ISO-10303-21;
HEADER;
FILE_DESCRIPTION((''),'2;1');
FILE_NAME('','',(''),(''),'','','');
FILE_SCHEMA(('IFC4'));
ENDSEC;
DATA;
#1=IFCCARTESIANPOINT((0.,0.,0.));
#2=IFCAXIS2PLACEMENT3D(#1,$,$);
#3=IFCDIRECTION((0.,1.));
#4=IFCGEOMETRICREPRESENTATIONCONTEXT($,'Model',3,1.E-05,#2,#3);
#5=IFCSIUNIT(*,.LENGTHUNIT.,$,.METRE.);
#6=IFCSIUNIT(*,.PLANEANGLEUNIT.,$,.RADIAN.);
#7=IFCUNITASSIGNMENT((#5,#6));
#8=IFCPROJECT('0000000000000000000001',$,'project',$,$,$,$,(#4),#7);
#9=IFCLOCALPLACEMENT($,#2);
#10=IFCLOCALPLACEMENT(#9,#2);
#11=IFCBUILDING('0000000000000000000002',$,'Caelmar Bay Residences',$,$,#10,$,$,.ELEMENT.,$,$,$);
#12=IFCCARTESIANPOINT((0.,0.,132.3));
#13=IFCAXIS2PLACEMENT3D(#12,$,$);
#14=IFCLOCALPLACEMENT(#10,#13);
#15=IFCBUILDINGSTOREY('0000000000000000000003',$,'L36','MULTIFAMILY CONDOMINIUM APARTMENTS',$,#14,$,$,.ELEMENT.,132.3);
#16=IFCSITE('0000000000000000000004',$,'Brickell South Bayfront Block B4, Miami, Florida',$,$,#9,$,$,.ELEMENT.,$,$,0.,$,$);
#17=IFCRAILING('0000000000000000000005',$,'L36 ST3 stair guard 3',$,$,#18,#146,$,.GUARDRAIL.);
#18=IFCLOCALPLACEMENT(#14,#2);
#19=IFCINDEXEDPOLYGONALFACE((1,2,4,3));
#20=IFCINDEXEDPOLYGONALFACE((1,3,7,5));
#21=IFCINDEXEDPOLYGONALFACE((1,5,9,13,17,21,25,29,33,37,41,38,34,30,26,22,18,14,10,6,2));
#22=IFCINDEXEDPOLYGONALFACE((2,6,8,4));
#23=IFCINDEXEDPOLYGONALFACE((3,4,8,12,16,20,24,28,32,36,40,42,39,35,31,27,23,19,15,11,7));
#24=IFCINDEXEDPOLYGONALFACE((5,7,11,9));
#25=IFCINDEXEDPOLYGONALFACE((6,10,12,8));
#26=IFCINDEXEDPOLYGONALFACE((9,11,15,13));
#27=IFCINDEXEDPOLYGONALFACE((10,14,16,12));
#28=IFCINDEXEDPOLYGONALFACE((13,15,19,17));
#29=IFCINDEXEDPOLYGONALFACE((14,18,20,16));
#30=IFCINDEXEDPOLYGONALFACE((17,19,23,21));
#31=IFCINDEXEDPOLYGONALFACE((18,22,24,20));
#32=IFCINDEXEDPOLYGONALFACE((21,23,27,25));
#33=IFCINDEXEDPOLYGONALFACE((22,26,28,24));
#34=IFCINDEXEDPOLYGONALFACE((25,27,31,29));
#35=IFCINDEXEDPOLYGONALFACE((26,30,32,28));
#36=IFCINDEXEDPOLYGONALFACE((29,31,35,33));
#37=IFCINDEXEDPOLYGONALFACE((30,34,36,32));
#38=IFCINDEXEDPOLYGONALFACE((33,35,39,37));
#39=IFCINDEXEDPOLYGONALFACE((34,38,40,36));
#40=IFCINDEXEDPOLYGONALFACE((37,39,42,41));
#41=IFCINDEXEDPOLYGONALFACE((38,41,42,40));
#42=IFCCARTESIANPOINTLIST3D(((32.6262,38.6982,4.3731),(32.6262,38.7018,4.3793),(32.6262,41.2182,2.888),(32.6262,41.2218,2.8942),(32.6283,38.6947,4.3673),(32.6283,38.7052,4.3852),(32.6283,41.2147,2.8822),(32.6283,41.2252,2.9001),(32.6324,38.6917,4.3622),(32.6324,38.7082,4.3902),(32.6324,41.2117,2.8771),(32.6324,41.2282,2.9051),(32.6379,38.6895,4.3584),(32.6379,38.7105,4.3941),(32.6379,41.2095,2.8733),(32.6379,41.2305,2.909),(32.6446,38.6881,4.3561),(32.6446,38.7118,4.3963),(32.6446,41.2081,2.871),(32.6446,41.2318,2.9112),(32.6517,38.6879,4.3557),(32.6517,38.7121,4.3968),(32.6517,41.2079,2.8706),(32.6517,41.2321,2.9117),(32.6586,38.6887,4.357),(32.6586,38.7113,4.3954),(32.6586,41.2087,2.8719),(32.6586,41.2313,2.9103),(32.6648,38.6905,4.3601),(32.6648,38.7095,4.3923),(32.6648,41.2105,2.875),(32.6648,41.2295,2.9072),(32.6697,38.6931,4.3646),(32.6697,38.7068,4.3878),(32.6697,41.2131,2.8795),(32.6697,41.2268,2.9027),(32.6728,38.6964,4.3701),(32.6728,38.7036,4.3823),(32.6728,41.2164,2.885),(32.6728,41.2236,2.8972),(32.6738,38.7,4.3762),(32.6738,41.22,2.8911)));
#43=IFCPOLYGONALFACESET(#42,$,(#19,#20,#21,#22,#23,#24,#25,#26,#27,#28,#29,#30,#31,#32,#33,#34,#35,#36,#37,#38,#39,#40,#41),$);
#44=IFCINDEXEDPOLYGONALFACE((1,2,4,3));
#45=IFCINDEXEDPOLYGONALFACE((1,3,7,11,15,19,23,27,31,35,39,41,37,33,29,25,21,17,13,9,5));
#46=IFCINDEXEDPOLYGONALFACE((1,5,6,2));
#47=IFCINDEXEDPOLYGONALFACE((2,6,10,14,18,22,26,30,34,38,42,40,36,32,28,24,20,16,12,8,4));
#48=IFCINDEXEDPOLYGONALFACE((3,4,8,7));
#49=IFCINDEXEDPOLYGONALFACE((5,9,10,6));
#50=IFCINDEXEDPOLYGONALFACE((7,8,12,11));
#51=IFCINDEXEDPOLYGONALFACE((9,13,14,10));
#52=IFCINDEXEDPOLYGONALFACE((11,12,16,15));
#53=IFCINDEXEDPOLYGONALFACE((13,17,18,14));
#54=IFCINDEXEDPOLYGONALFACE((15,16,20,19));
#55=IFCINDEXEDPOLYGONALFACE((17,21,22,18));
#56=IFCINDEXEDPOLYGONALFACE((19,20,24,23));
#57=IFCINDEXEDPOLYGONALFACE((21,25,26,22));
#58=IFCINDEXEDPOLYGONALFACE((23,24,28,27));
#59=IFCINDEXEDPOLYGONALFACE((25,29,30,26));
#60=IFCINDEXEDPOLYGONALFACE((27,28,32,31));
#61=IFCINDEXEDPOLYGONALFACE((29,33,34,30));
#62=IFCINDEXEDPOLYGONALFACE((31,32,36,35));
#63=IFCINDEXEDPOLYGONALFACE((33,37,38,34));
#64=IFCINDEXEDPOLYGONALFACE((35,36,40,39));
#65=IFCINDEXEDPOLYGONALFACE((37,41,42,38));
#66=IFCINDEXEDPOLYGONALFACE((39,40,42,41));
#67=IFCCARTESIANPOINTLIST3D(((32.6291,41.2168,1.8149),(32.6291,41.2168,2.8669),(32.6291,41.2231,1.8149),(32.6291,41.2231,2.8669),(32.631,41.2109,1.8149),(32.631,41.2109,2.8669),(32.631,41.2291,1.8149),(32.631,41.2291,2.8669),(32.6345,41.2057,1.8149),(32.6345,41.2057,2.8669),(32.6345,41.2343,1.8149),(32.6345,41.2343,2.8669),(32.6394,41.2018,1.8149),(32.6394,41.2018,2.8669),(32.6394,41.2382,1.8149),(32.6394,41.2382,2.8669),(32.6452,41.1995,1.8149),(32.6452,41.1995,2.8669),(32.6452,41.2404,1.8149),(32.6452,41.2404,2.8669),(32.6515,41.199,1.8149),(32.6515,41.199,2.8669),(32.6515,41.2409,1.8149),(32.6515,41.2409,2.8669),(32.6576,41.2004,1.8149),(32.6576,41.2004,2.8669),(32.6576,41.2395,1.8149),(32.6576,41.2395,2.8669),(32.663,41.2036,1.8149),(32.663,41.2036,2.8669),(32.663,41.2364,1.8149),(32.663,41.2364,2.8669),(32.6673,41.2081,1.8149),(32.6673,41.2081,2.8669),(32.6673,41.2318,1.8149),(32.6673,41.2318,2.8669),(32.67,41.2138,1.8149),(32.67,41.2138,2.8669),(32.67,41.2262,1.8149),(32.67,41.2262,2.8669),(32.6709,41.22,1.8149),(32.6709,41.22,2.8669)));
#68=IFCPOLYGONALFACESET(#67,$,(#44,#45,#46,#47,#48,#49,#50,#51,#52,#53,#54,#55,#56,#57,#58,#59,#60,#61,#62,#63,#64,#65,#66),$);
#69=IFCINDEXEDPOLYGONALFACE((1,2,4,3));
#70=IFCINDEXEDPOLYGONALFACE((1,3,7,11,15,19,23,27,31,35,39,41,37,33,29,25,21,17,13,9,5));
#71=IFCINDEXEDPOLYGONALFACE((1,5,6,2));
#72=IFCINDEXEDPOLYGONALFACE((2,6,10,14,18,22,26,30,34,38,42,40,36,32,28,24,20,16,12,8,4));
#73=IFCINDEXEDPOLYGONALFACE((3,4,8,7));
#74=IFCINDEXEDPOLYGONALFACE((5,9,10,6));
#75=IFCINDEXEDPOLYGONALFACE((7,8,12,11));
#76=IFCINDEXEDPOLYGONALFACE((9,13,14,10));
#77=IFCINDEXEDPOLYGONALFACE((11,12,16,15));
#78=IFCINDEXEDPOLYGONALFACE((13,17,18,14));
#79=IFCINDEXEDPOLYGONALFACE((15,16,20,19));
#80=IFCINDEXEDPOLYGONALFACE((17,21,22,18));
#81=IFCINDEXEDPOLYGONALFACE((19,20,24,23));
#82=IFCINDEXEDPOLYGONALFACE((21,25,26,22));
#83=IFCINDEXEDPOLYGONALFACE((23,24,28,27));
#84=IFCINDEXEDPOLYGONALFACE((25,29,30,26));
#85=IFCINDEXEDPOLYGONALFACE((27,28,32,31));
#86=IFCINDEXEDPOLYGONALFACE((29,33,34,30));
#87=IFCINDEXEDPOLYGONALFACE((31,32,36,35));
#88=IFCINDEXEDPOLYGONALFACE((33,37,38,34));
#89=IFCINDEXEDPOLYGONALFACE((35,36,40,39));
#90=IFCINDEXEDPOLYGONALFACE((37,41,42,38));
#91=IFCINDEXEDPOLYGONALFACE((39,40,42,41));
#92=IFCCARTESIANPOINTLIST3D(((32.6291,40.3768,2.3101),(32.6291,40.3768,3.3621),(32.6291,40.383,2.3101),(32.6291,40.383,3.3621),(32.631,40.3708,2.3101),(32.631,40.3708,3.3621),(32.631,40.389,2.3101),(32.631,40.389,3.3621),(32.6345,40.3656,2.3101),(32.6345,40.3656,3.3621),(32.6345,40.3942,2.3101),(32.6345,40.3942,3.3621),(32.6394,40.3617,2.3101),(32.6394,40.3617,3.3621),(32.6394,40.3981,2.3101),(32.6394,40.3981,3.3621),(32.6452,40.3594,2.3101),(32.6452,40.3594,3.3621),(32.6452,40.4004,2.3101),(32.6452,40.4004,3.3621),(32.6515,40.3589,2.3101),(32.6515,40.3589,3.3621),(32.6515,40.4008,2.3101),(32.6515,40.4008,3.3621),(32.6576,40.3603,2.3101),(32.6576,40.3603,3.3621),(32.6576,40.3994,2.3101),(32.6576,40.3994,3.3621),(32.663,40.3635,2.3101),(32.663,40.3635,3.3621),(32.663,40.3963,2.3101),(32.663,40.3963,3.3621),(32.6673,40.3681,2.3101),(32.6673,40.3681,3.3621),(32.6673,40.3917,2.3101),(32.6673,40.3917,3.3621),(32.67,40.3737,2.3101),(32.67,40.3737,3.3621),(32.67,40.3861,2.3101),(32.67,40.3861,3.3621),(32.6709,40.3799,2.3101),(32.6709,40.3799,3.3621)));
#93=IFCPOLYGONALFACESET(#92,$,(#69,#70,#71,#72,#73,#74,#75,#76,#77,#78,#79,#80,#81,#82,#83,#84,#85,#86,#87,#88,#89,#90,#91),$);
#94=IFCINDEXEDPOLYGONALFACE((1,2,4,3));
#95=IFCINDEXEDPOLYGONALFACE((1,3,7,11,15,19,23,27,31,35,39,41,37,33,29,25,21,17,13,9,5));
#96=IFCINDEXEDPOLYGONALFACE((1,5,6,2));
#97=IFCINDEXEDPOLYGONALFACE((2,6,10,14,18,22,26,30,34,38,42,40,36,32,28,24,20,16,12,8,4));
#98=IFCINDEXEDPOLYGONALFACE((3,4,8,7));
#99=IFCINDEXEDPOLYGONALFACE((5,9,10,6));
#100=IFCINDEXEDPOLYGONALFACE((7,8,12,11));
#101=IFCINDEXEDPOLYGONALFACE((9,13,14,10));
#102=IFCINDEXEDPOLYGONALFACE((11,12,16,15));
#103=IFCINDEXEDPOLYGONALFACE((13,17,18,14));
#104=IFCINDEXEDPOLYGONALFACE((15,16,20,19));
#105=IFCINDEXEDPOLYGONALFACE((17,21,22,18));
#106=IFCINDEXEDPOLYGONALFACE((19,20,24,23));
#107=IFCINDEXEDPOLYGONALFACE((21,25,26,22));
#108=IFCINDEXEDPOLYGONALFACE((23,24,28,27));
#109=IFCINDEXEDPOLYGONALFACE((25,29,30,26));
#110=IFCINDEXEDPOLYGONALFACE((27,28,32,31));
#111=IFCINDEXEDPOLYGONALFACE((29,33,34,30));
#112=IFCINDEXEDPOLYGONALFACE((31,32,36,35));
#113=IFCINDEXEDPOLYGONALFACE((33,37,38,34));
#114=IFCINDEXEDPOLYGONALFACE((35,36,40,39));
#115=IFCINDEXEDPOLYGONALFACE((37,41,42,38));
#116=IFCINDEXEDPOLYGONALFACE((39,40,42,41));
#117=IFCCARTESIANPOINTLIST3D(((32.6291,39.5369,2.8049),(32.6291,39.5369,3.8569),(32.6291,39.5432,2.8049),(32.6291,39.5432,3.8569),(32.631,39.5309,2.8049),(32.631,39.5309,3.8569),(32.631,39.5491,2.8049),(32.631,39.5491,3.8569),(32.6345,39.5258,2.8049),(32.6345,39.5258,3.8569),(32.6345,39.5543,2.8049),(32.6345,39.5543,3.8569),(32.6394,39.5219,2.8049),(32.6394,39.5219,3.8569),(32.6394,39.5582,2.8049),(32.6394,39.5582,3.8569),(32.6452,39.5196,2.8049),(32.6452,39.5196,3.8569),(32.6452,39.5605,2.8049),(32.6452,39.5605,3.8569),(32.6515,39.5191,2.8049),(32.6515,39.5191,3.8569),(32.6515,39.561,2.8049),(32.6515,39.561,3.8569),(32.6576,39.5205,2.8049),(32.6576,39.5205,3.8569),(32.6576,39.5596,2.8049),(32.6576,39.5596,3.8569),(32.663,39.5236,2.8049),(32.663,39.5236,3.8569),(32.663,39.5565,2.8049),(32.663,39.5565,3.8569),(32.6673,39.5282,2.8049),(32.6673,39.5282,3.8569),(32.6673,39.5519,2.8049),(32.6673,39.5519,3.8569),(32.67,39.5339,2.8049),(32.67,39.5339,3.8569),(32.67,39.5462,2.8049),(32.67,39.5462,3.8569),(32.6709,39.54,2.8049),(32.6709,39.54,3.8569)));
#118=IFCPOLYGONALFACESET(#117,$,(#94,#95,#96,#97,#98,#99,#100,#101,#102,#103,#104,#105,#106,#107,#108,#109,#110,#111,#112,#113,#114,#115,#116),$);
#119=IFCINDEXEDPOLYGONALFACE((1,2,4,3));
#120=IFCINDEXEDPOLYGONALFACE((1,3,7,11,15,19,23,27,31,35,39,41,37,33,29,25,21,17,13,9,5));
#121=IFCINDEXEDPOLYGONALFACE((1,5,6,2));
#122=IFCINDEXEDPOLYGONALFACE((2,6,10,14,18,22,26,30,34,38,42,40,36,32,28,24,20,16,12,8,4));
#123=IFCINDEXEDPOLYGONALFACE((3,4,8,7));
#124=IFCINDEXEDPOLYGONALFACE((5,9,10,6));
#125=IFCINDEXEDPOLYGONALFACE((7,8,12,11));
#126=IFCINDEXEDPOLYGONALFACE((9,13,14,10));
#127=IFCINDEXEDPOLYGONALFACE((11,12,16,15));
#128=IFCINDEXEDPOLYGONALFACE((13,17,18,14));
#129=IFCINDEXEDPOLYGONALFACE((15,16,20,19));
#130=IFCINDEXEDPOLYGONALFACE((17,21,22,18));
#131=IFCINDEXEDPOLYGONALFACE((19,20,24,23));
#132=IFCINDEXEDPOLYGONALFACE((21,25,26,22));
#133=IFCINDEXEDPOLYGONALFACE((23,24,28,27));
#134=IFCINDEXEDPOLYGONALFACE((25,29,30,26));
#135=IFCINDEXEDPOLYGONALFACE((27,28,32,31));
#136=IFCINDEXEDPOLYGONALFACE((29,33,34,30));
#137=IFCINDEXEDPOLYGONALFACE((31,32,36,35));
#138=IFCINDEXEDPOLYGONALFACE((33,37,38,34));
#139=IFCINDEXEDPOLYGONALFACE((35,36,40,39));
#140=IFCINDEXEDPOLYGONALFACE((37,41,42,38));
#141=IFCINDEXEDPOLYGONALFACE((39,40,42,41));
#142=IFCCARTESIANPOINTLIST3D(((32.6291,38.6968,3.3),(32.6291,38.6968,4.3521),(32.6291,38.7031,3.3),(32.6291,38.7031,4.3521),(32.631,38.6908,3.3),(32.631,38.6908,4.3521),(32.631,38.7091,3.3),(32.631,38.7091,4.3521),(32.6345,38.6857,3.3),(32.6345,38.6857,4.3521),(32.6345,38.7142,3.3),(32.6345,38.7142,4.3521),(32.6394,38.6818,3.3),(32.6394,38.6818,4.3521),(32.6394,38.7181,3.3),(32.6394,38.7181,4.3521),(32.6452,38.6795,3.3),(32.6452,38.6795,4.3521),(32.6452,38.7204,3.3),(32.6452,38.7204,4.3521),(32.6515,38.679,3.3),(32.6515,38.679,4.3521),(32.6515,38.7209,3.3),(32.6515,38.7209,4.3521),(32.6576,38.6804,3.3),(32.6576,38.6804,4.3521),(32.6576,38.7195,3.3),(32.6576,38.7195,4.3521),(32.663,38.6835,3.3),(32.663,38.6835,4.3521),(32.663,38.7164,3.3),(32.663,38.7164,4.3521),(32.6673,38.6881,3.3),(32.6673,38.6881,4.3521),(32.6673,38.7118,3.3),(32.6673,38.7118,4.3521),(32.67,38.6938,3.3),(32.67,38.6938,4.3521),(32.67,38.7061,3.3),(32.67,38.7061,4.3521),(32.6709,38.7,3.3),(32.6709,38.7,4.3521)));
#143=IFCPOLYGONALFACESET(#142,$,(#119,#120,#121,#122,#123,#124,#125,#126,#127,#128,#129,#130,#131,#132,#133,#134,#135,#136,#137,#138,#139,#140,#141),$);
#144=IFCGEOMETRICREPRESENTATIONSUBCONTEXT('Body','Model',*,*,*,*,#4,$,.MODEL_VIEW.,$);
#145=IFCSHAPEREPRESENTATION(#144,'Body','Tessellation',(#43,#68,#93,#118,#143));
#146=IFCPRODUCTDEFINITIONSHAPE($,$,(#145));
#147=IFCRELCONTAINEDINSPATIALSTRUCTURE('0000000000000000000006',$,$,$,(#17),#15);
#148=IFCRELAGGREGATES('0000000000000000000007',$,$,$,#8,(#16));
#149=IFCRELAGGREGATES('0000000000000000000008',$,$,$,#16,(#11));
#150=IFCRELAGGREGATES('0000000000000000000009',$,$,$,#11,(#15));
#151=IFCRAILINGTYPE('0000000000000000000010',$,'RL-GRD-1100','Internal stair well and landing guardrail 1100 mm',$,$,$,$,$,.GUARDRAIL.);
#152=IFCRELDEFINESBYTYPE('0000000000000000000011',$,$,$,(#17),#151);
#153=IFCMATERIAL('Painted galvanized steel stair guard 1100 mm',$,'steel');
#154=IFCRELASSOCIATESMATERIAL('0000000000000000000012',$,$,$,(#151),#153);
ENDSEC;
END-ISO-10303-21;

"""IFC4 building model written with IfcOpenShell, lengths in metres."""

from ifc_helpers import new_model, si_unit, direction, frame, origin, origin_2d, place, context, subcontext, project, spatial, circle, extrude, material, type_object, element, save


model = new_model("IFC4")

# Units and contexts
model_context = context("Model", 3, precision=1e-05, world=origin(), true_north=direction((0.0, 1.0)))
body_context = subcontext(model_context, "Body", "Model", "MODEL_VIEW")
ifc_project = project(units=[si_unit("LENGTHUNIT", "METRE"), si_unit("PLANEANGLEUNIT", "RADIAN")], contexts=[model_context])

# Site, building, storey
site_placement = place(None, origin())
site = spatial("IfcSite", under=ifc_project, at=site_placement, Name="Brickell South Bayfront Block B4, Miami, Florida", CompositionType="ELEMENT", RefElevation=0.0)
building_placement = place(site_placement, origin())
building = spatial("IfcBuilding", under=site, at=building_placement, Name="Caelmar Bay Residences", CompositionType="ELEMENT")
storey_placement = place(building_placement, frame((0.0, 0.0, 132.3)))
storey = spatial("IfcBuildingStorey", under=building, at=storey_placement, Name="L36", Description="MULTIFAMILY CONDOMINIUM APARTMENTS", CompositionType="ELEMENT", Elevation=132.3)

# Railing
ifc_material_1 = material(Name="Painted galvanized steel stair guard 1100 mm", Category="steel")
railing_type_1 = type_object("IfcRailingType", Name="RL-GRD-1100", Description="Internal stair well and landing guardrail 1100 mm", PredefinedType="GUARDRAIL", material=ifc_material_1)
railing_1_placement = place(storey_placement, frame((32.6499, 41.22, 1.8149)))
element("IfcRailing", 1, at=railing_1_placement, inside=storey, type_object=railing_type_1, Name="L36 ST3 stair guard 3", PredefinedType="GUARDRAIL", context=body_context, shape_type="SweptSolid", body=[
    extrude(circle(Radius=0.0239, at=origin_2d()), frame((0.0, 0.0, 1.0762), z_axis=(0.0, -0.861524, 0.507717), x_axis=(1.0, 0.0, 0.0)), (0.0, 0.0, 1.0), 2.925),
    extrude(circle(Radius=0.021, at=origin_2d()), origin(), (0.0, 0.0, 1.0), 1.052),
    extrude(circle(Radius=0.021, at=origin_2d()), frame((0.0, -0.8401, 0.4951)), (0.0, 0.0, 1.0), 1.052),
    extrude(circle(Radius=0.021, at=origin_2d()), frame((0.0, -1.6799, 0.99)), (0.0, 0.0, 1.0), 1.052),
    extrude(circle(Radius=0.021, at=origin_2d()), frame((0.0, -2.52, 1.4851)), (0.0, 0.0, 1.0), 1.052),
])

save(model, "model.ifc")
